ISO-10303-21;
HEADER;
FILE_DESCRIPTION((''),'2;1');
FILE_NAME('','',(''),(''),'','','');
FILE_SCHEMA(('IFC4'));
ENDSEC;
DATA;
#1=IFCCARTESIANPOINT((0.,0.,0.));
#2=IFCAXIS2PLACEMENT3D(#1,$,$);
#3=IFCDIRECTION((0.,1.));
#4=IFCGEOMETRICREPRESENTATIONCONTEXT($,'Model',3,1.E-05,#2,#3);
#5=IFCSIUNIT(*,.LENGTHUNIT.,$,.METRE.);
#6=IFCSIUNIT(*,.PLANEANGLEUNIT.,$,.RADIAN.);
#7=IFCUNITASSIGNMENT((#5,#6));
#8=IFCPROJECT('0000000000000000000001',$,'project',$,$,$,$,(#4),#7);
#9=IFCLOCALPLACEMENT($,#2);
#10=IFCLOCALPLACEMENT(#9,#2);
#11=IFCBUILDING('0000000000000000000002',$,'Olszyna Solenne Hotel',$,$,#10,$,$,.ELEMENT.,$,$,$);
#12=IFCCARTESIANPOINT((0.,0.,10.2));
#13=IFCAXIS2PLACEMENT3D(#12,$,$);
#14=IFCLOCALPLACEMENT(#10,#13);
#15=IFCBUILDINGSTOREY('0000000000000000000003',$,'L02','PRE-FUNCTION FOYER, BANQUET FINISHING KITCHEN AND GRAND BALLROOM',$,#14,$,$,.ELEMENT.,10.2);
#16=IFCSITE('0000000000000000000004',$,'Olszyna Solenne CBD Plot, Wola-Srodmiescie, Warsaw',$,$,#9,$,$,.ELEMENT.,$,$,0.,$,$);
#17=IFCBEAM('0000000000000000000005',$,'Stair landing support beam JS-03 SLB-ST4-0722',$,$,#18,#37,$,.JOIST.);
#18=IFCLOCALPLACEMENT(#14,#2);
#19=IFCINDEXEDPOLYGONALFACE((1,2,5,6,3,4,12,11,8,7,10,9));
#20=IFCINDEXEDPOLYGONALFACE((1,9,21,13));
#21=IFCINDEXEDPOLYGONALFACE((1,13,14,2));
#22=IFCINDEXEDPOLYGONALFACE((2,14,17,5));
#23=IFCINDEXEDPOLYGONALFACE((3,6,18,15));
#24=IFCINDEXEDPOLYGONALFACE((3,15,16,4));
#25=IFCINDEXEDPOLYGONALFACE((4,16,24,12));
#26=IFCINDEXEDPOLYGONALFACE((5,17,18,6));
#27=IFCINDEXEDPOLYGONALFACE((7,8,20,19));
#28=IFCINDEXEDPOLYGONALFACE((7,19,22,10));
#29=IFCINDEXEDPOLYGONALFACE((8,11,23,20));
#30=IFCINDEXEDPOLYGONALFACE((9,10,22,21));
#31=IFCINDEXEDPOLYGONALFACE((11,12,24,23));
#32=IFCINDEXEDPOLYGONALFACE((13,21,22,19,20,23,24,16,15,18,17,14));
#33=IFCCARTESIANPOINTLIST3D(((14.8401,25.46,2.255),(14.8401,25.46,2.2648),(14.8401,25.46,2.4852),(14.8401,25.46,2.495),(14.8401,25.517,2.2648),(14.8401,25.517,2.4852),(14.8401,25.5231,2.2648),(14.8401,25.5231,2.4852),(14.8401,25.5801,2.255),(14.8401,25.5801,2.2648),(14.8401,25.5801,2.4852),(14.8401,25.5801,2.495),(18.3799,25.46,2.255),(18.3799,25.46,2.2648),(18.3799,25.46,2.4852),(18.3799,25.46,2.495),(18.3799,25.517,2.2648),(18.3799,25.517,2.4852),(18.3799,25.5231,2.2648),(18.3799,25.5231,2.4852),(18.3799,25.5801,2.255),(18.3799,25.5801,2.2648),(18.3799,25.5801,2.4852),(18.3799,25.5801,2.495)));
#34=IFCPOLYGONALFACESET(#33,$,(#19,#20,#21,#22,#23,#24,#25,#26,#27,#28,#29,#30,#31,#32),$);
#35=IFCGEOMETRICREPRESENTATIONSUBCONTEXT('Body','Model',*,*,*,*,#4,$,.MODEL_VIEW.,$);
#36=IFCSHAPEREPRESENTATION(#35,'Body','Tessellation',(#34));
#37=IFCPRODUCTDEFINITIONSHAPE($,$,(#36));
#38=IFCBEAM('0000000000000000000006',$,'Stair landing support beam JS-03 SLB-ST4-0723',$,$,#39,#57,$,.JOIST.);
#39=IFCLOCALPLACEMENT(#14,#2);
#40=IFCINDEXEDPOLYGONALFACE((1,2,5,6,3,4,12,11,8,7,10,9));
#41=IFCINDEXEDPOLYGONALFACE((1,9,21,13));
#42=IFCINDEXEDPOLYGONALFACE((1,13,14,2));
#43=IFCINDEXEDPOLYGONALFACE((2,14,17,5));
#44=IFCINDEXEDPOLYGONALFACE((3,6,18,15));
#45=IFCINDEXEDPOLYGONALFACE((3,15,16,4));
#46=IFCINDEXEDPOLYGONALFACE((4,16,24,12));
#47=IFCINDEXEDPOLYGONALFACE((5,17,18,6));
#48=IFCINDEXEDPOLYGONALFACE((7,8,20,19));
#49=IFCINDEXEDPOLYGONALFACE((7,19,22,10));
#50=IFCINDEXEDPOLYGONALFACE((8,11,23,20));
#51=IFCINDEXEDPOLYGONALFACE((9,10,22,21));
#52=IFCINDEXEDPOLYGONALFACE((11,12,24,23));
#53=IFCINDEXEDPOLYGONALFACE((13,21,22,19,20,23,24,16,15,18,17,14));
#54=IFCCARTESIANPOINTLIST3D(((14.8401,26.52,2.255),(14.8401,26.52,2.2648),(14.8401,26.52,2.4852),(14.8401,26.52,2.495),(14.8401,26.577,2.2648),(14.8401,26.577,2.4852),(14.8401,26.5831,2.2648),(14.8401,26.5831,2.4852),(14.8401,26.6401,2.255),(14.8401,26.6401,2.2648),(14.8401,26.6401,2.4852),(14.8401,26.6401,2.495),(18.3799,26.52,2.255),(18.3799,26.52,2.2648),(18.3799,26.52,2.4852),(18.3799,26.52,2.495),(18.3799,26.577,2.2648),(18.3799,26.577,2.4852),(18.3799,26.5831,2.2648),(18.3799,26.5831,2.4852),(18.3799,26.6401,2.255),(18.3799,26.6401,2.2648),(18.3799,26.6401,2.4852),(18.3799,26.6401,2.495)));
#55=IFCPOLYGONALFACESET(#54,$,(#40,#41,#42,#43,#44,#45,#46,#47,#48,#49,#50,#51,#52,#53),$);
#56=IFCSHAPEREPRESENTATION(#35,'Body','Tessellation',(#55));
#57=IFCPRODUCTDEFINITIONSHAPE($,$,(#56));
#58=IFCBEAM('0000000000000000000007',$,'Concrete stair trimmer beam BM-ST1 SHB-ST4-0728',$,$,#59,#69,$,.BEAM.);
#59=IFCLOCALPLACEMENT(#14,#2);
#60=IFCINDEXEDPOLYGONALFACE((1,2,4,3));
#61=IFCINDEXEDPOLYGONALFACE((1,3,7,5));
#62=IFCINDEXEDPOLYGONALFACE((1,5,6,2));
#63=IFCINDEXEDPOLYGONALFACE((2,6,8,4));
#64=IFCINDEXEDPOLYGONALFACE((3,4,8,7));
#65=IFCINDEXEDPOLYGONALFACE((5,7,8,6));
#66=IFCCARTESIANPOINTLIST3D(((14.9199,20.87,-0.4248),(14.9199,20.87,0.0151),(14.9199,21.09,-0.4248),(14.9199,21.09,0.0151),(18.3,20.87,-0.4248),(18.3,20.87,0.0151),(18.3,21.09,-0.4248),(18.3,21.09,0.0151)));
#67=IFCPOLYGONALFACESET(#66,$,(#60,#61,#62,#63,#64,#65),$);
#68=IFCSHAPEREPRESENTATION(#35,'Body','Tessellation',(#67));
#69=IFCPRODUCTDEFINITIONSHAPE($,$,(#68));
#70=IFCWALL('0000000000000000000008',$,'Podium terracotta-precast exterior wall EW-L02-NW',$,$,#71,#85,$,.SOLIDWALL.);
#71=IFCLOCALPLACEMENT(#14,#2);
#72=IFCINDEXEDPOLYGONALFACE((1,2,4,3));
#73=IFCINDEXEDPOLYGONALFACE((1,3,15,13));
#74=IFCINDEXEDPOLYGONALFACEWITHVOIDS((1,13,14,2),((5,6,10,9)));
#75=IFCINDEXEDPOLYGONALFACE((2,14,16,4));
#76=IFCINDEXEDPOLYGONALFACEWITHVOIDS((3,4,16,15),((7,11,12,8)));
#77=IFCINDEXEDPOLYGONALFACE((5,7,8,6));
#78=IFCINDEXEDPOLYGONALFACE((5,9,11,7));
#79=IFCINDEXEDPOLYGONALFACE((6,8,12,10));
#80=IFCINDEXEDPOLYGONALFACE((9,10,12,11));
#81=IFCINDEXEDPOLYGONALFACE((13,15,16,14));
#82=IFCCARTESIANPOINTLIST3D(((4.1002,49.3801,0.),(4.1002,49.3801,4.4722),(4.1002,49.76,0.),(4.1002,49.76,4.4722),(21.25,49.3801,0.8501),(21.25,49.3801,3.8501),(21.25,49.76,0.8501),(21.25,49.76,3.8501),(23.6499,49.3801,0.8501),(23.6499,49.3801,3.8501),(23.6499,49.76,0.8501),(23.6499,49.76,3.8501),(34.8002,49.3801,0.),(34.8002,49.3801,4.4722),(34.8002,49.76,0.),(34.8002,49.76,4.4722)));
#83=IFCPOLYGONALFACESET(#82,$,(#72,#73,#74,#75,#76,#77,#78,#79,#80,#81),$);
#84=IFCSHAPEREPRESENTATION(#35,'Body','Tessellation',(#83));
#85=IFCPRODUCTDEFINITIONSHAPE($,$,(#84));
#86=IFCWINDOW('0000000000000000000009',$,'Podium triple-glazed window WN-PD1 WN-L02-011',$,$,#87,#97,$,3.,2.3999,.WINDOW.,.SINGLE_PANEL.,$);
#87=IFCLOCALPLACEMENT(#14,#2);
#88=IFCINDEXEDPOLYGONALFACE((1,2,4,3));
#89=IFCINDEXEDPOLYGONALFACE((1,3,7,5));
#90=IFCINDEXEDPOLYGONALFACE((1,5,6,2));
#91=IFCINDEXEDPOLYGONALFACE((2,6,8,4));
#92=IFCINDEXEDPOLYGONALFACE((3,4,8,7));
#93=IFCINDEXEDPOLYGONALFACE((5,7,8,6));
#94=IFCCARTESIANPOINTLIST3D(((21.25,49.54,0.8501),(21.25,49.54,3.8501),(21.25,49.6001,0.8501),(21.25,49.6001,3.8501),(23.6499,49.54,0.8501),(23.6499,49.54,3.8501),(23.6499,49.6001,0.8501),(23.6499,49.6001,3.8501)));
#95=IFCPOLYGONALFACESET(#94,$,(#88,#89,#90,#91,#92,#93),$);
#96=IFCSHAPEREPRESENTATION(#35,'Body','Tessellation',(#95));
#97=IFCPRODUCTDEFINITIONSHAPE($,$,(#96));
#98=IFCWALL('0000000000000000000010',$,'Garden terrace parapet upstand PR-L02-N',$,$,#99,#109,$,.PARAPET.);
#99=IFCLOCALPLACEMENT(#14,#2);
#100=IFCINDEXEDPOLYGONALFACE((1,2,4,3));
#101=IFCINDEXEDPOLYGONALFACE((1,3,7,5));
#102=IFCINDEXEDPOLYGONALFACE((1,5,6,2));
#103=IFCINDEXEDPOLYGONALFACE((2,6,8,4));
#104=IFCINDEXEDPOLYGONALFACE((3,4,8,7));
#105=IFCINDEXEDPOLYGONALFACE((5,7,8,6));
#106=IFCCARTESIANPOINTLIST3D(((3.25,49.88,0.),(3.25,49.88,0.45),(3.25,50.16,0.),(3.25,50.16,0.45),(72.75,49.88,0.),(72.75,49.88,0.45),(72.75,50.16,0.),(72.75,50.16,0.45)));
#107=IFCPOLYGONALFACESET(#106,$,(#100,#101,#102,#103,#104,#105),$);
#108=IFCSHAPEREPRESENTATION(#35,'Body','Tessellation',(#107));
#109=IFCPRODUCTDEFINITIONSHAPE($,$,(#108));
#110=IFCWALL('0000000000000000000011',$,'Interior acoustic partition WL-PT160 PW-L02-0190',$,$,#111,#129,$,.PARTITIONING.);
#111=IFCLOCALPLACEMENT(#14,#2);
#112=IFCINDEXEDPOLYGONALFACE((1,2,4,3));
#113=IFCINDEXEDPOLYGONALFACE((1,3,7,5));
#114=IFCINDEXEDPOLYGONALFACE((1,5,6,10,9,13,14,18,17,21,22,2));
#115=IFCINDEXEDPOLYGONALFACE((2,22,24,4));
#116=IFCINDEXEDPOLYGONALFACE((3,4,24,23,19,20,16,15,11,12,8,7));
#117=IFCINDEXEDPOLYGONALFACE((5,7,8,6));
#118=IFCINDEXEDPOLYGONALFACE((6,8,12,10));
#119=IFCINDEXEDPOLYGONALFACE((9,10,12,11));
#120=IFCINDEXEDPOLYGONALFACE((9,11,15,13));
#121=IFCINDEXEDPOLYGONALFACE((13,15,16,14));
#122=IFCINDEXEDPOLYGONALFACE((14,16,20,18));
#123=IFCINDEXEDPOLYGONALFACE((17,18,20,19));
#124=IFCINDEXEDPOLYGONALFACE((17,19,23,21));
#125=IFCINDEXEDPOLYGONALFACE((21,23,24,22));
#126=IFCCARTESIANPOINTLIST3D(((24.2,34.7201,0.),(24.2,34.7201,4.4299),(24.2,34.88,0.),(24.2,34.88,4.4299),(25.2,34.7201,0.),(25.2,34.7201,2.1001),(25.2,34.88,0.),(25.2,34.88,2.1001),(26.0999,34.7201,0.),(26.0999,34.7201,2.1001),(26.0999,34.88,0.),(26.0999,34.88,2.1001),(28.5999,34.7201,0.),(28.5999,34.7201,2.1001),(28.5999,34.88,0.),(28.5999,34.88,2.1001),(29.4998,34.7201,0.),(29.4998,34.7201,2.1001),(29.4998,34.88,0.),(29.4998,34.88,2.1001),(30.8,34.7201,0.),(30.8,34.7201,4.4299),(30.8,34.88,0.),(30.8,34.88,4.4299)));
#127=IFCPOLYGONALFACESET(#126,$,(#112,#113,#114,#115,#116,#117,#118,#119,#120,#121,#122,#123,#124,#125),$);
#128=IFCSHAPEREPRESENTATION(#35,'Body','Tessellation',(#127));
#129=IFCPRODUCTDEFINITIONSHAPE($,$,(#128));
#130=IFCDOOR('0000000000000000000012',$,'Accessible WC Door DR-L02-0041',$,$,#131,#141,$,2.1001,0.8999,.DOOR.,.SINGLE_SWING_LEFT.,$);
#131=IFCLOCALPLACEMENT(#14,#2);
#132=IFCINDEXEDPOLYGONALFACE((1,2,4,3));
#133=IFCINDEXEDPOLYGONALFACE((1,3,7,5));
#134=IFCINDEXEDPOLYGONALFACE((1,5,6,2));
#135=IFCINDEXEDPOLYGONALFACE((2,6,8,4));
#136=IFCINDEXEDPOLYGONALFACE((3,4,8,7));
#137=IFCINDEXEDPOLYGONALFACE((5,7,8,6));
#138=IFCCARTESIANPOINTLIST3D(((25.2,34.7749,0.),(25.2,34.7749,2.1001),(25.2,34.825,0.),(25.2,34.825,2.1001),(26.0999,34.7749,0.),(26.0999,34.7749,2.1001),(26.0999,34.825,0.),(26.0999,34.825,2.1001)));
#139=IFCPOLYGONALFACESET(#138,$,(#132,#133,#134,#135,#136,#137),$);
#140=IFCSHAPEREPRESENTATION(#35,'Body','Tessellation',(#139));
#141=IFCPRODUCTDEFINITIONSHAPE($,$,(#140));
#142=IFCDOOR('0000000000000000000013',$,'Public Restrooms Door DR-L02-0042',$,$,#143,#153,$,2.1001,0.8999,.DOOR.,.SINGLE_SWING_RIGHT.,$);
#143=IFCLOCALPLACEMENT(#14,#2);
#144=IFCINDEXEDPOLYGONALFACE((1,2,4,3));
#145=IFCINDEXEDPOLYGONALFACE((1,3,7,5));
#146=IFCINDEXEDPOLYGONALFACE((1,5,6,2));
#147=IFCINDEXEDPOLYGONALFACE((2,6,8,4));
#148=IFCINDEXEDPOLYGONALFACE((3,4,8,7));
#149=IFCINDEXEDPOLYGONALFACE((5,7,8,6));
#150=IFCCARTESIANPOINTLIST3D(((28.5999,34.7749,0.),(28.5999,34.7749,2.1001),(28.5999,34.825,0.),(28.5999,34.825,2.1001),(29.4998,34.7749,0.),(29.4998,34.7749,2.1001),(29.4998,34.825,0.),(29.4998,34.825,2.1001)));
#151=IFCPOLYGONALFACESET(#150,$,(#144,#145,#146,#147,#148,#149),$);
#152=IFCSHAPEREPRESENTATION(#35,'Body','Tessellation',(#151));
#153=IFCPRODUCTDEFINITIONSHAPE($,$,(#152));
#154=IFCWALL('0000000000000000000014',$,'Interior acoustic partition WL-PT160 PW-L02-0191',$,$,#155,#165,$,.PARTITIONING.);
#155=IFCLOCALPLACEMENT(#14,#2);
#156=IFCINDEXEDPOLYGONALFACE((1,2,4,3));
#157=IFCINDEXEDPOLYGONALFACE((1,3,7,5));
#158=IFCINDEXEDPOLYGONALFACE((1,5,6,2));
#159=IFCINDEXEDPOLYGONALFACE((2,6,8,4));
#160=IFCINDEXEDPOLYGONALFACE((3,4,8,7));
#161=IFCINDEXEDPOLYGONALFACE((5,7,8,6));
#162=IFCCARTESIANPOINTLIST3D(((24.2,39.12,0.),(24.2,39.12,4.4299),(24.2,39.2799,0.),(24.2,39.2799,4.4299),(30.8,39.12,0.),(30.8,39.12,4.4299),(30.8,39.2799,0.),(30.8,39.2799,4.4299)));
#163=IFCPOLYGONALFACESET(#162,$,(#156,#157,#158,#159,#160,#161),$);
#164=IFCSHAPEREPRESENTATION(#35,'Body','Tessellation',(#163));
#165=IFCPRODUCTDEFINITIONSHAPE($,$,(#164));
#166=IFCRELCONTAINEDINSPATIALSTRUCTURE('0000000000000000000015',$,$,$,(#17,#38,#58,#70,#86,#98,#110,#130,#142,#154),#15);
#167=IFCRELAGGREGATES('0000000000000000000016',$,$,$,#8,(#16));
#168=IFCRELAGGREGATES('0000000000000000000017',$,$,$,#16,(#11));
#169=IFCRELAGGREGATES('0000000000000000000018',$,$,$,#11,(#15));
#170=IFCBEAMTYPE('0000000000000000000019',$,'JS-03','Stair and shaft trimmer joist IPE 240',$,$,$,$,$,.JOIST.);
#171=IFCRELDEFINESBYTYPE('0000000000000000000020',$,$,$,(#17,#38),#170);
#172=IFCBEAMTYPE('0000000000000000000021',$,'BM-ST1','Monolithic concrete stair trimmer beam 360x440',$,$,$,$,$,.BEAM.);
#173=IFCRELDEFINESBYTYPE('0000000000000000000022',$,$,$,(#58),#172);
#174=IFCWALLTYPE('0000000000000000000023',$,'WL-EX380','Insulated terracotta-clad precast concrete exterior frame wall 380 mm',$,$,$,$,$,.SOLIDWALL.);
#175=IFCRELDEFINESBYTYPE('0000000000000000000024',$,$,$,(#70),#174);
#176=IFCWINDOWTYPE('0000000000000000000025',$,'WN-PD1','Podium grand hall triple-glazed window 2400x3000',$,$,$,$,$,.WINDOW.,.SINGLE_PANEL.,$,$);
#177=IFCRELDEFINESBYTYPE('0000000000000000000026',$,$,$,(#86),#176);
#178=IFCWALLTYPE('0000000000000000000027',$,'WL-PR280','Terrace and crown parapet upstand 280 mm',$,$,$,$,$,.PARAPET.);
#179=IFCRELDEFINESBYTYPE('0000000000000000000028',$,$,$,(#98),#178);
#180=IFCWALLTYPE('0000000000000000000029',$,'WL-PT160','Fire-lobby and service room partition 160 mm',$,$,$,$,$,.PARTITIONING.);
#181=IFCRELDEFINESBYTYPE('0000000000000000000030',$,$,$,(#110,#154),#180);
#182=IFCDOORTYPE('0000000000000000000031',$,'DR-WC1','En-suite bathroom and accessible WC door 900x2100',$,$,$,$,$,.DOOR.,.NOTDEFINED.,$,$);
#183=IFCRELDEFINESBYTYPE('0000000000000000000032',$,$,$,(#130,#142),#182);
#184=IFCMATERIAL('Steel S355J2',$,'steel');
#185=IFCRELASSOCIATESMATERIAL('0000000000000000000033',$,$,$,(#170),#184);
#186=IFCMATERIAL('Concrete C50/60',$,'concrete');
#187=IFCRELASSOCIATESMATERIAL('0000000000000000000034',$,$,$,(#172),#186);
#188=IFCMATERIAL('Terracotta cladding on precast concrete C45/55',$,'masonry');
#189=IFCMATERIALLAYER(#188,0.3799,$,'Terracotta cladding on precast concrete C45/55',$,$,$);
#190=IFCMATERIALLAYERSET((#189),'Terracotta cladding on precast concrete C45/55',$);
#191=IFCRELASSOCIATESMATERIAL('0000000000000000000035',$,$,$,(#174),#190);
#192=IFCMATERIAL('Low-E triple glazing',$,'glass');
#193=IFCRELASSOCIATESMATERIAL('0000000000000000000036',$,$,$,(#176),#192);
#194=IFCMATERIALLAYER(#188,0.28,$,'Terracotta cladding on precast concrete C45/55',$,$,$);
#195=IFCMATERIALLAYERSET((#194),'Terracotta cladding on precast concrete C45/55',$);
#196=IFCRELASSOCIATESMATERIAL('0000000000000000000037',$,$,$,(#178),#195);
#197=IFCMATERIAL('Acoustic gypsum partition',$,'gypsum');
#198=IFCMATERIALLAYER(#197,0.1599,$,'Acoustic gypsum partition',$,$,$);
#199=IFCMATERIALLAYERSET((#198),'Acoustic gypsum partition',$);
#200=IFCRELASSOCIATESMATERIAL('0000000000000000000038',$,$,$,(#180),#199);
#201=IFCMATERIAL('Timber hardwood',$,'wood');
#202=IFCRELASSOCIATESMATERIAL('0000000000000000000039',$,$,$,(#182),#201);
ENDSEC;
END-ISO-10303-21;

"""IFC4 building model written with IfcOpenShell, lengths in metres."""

from ifc_helpers import new_model, si_unit, direction, frame, frame_2d, origin, origin_2d, place, context, subcontext, project, spatial, rectangle, i_section, extrude, source, transform, mapped, material, layer, layer_set, material_profile, profile_set, type_object, type_shapes, element, fill, save


model = new_model("IFC4")

# Units and contexts
model_context = context("Model", 3, precision=1e-05, world=origin(), true_north=direction((0.0, 1.0)))
body_context = subcontext(model_context, "Body", "Model", "MODEL_VIEW")
ifc_project = project(units=[si_unit("LENGTHUNIT", "METRE"), si_unit("PLANEANGLEUNIT", "RADIAN")], contexts=[model_context])

# Site, building, storey
site_placement = place(None, origin())
site = spatial("IfcSite", under=ifc_project, at=site_placement, Name="Olszyna Solenne CBD Plot, Wola-Srodmiescie, Warsaw", CompositionType="ELEMENT", RefElevation=0.0)
building_placement = place(site_placement, origin())
building = spatial("IfcBuilding", under=site, at=building_placement, Name="Olszyna Solenne Hotel", CompositionType="ELEMENT")
storey_placement = place(building_placement, frame((0.0, 0.0, 10.2)))
storey = spatial("IfcBuildingStorey", under=building, at=storey_placement, Name="L02", Description="PRE-FUNCTION FOYER, BANQUET FINISHING KITCHEN AND GRAND BALLROOM", CompositionType="ELEMENT", Elevation=10.2)

# Beams
ifc_material_1 = material(Name="Steel S355J2", Category="steel")
ifc_material_profile_1 = material_profile(ifc_material_1, i_section(OverallWidth=0.1201, OverallDepth=0.24, WebThickness=0.0061, FlangeThickness=0.0098, at=origin_2d()), Name="IPE 240", Category="load-bearing")
ifc_profile_set_1 = profile_set([ifc_material_profile_1], Name="Steel S355J2")
beam_type_1 = type_object("IfcBeamType", Name="JS-03", Description="Stair and shaft trimmer joist IPE 240", PredefinedType="JOIST", material=ifc_profile_set_1)
shared_shape_1 = source(origin(), body_context, "Body", "SweptSolid", [
    extrude(i_section(OverallWidth=0.1201, OverallDepth=0.24, WebThickness=0.0061, FlangeThickness=0.0098, at=origin_2d()), origin(), (0.0, 0.0, 1.0), 3.5398),
])
for number, where, z_axis, x_axis, name in (
    (1, (18.3799, 25.52, 2.375), (-1.0, 0.0, 0.0), (0.0, -1.0, 0.0), "Stair landing support beam JS-03 SLB-ST4-0722"),
    (2, (18.3799, 26.5801, 2.375), (-1.0, 0.0, 0.0), (0.0, -1.0, 0.0), "Stair landing support beam JS-03 SLB-ST4-0723"),
):
    element("IfcBeam", number, at=place(storey_placement, frame(where, z_axis=z_axis, x_axis=x_axis)), inside=storey, type_object=beam_type_1, Name=name, PredefinedType="JOIST", context=body_context, shape_type="MappedRepresentation", body=[
        mapped(shared_shape_1, transform((0.0, 0.0, 0.0), x_axis=(1.0, 0.0, 0.0), y_axis=(0.0, 1.0, 0.0), z_axis=(0.0, 0.0, 1.0), scale=1.0)),
    ])
ifc_material_2 = material(Name="Concrete C50/60", Category="concrete")
ifc_material_profile_2 = material_profile(ifc_material_2, rectangle(XDim=0.22, YDim=0.4399, at=origin_2d()), Name="RC 220x440", Category="load-bearing")
ifc_profile_set_2 = profile_set([ifc_material_profile_2], Name="Concrete C50/60")
beam_type_2 = type_object("IfcBeamType", Name="BM-ST1", Description="Monolithic concrete stair trimmer beam 360x440", PredefinedType="BEAM", material=ifc_profile_set_2)
shared_shape_2 = source(origin(), body_context, "Body", "SweptSolid", [
    extrude(rectangle(XDim=0.22, YDim=0.4399, at=origin_2d()), origin(), (0.0, 0.0, 1.0), 3.3801),
])
beam_1_placement = place(storey_placement, frame((18.3, 20.98, -0.2048), z_axis=(-1.0, 0.0, 0.0), x_axis=(0.0, -1.0, 0.0)))
element("IfcBeam", 3, at=beam_1_placement, inside=storey, type_object=beam_type_2, Name="Concrete stair trimmer beam BM-ST1 SHB-ST4-0728", PredefinedType="BEAM", context=body_context, shape_type="MappedRepresentation", body=[
    mapped(shared_shape_2, transform((0.0, 0.0, 0.0), x_axis=(1.0, 0.0, 0.0), y_axis=(0.0, 1.0, 0.0), z_axis=(0.0, 0.0, 1.0), scale=1.0)),
])

# Wall, opening, window
ifc_material_3 = material(Name="Terracotta cladding on precast concrete C45/55", Category="masonry")
ifc_layer_1 = layer(ifc_material_3, 0.3799, Name="Terracotta cladding on precast concrete C45/55")
ifc_layer_set_1 = layer_set([ifc_layer_1], Name="Terracotta cladding on precast concrete C45/55")
wall_type_1 = type_object("IfcWallType", Name="WL-EX380", Description="Insulated terracotta-clad precast concrete exterior frame wall 380 mm", PredefinedType="SOLIDWALL", material=ifc_layer_set_1)
wall_1_placement = place(storey_placement, frame((4.1001, 49.5701, 0.0), z_axis=(0.0, 0.0, 1.0), x_axis=(1.0, 0.0, 0.0)))
wall_1 = element("IfcWall", 4, at=wall_1_placement, inside=storey, type_object=wall_type_1, Name="Podium terracotta-precast exterior wall EW-L02-NW", PredefinedType="SOLIDWALL", context=body_context, shape_type="SweptSolid", body=[
    extrude(rectangle(XDim=30.7, YDim=0.3799, at=frame_2d((15.3501, 0.0))), origin(), (0.0, 0.0, 1.0), 4.4722),
])
opening_1_placement = place(wall_1_placement, frame((17.1499, 0.0, 0.8501)))
opening_1 = element("IfcOpeningElement", 5, at=opening_1_placement, cuts=wall_1, PredefinedType="OPENING", context=body_context, shape_type="SweptSolid", body=[
    extrude(rectangle(XDim=2.3999, YDim=3.0, at=frame_2d((1.2, 1.5))), frame((0.0, 0.2, 0.0), z_axis=(0.0, -1.0, 0.0), x_axis=(1.0, 0.0, 0.0)), (0.0, 0.0, 1.0), 0.3999),
])
ifc_material_4 = material(Name="Low-E triple glazing", Category="glass")
window_type = type_object("IfcWindowType", Name="WN-PD1", Description="Podium grand hall triple-glazed window 2400x3000", PartitioningType="SINGLE_PANEL", PredefinedType="WINDOW", material=ifc_material_4)
shared_shape_3 = source(origin(), body_context, "Body", "SweptSolid", [
    extrude(rectangle(XDim=2.3999, YDim=3.0, at=frame_2d((1.2, 1.5))), frame((0.0, 0.03, 0.0), z_axis=(0.0, -1.0, 0.0), x_axis=(1.0, 0.0, 0.0)), (0.0, 0.0, 1.0), 0.0601),
])
type_shapes(window_type, [shared_shape_3])
window_placement = place(opening_1_placement, origin())
window = element("IfcWindow", 6, at=window_placement, inside=storey, type_object=window_type, Name="Podium triple-glazed window WN-PD1 WN-L02-011", OverallHeight=3.0, OverallWidth=2.3999, PartitioningType="SINGLE_PANEL", PredefinedType="WINDOW", context=body_context, shape_type="MappedRepresentation", body=[
    mapped(shared_shape_3, transform((0.0, 0.0, 0.0), x_axis=(1.0, 0.0, 0.0), y_axis=(0.0, 1.0, 0.0), z_axis=(0.0, 0.0, 1.0), scale=1.0)),
])
fill(opening_1, window)

# Wall
ifc_layer_2 = layer(ifc_material_3, 0.28, Name="Terracotta cladding on precast concrete C45/55")
ifc_layer_set_2 = layer_set([ifc_layer_2], Name="Terracotta cladding on precast concrete C45/55")
wall_type_2 = type_object("IfcWallType", Name="WL-PR280", Description="Terrace and crown parapet upstand 280 mm", PredefinedType="PARAPET", material=ifc_layer_set_2)
wall_2_placement = place(storey_placement, frame((3.25, 50.02, 0.0), z_axis=(0.0, 0.0, 1.0), x_axis=(1.0, 0.0, 0.0)))
element("IfcWall", 7, at=wall_2_placement, inside=storey, type_object=wall_type_2, Name="Garden terrace parapet upstand PR-L02-N", PredefinedType="PARAPET", context=body_context, shape_type="SweptSolid", body=[
    extrude(rectangle(XDim=69.5, YDim=0.28, at=frame_2d((34.75, 0.0))), origin(), (0.0, 0.0, 1.0), 0.45),
])

# Wall, openings, doors
ifc_material_5 = material(Name="Acoustic gypsum partition", Category="gypsum")
ifc_layer_3 = layer(ifc_material_5, 0.1599, Name="Acoustic gypsum partition")
ifc_layer_set_3 = layer_set([ifc_layer_3], Name="Acoustic gypsum partition")
wall_type_3 = type_object("IfcWallType", Name="WL-PT160", Description="Fire-lobby and service room partition 160 mm", PredefinedType="PARTITIONING", material=ifc_layer_set_3)
wall_3_placement = place(storey_placement, frame((24.2, 34.8, 0.0), z_axis=(0.0, 0.0, 1.0), x_axis=(1.0, 0.0, 0.0)))
wall_3 = element("IfcWall", 8, at=wall_3_placement, inside=storey, type_object=wall_type_3, Name="Interior acoustic partition WL-PT160 PW-L02-0190", PredefinedType="PARTITIONING", context=body_context, shape_type="SweptSolid", body=[
    extrude(rectangle(XDim=6.6001, YDim=0.1599, at=frame_2d((3.3, 0.0))), origin(), (0.0, 0.0, 1.0), 4.4299),
])
opening_2_placement = place(wall_3_placement, frame((1.0, 0.0, 0.0)))
opening_2 = element("IfcOpeningElement", 9, at=opening_2_placement, cuts=wall_3, PredefinedType="OPENING", context=body_context, shape_type="SweptSolid", body=[
    extrude(rectangle(XDim=0.8999, YDim=2.1001, at=frame_2d((0.45, 1.05))), frame((0.0, 0.0898, 0.0), z_axis=(0.0, -1.0, 0.0), x_axis=(1.0, 0.0, 0.0)), (0.0, 0.0, 1.0), 0.1799),
])
opening_3_placement = place(wall_3_placement, frame((4.3999, 0.0, 0.0)))
opening_3 = element("IfcOpeningElement", 10, at=opening_3_placement, cuts=wall_3, PredefinedType="OPENING", context=body_context, shape_type="SweptSolid", body=[
    extrude(rectangle(XDim=0.8999, YDim=2.1001, at=frame_2d((0.45, 1.05))), frame((0.0, 0.0898, 0.0), z_axis=(0.0, -1.0, 0.0), x_axis=(1.0, 0.0, 0.0)), (0.0, 0.0, 1.0), 0.1799),
])
ifc_material_6 = material(Name="Timber hardwood", Category="wood")
door_type_1 = type_object("IfcDoorType", Name="DR-WC1", Description="En-suite bathroom and accessible WC door 900x2100", OperationType="NOTDEFINED", PredefinedType="DOOR", material=ifc_material_6)
shared_shape_4 = source(origin(), body_context, "Body", "SweptSolid", [
    extrude(rectangle(XDim=0.8999, YDim=2.1001, at=frame_2d((0.45, 1.05))), frame((0.0, 0.0249, 0.0), z_axis=(0.0, -1.0, 0.0), x_axis=(1.0, 0.0, 0.0)), (0.0, 0.0, 1.0), 0.05),
])
type_shapes(door_type_1, [shared_shape_4])
door_1_placement = place(opening_2_placement, origin())
door_1 = element("IfcDoor", 11, at=door_1_placement, inside=storey, type_object=door_type_1, Name="Accessible WC Door DR-L02-0041", OperationType="SINGLE_SWING_LEFT", OverallHeight=2.1001, OverallWidth=0.8999, PredefinedType="DOOR", context=body_context, shape_type="MappedRepresentation", body=[
    mapped(shared_shape_4, transform((0.0, 0.0, 0.0), x_axis=(1.0, 0.0, 0.0), y_axis=(0.0, 1.0, 0.0), z_axis=(0.0, 0.0, 1.0), scale=1.0)),
])
fill(opening_2, door_1)
door_2_placement = place(opening_3_placement, origin())
door_2 = element("IfcDoor", 12, at=door_2_placement, inside=storey, type_object=door_type_1, Name="Public Restrooms Door DR-L02-0042", OperationType="SINGLE_SWING_RIGHT", OverallHeight=2.1001, OverallWidth=0.8999, PredefinedType="DOOR", context=body_context, shape_type="MappedRepresentation", body=[
    mapped(shared_shape_4, transform((0.0, 0.0, 0.0), x_axis=(1.0, 0.0, 0.0), y_axis=(0.0, 1.0, 0.0), z_axis=(0.0, 0.0, 1.0), scale=1.0)),
])
fill(opening_3, door_2)

# Wall
wall_4_placement = place(storey_placement, frame((24.2, 39.2, 0.0), z_axis=(0.0, 0.0, 1.0), x_axis=(1.0, 0.0, 0.0)))
element("IfcWall", 13, at=wall_4_placement, inside=storey, type_object=wall_type_3, Name="Interior acoustic partition WL-PT160 PW-L02-0191", PredefinedType="PARTITIONING", context=body_context, shape_type="SweptSolid", body=[
    extrude(rectangle(XDim=6.6001, YDim=0.1599, at=frame_2d((3.3, 0.0))), origin(), (0.0, 0.0, 1.0), 4.4299),
])

save(model, "model.ifc")
